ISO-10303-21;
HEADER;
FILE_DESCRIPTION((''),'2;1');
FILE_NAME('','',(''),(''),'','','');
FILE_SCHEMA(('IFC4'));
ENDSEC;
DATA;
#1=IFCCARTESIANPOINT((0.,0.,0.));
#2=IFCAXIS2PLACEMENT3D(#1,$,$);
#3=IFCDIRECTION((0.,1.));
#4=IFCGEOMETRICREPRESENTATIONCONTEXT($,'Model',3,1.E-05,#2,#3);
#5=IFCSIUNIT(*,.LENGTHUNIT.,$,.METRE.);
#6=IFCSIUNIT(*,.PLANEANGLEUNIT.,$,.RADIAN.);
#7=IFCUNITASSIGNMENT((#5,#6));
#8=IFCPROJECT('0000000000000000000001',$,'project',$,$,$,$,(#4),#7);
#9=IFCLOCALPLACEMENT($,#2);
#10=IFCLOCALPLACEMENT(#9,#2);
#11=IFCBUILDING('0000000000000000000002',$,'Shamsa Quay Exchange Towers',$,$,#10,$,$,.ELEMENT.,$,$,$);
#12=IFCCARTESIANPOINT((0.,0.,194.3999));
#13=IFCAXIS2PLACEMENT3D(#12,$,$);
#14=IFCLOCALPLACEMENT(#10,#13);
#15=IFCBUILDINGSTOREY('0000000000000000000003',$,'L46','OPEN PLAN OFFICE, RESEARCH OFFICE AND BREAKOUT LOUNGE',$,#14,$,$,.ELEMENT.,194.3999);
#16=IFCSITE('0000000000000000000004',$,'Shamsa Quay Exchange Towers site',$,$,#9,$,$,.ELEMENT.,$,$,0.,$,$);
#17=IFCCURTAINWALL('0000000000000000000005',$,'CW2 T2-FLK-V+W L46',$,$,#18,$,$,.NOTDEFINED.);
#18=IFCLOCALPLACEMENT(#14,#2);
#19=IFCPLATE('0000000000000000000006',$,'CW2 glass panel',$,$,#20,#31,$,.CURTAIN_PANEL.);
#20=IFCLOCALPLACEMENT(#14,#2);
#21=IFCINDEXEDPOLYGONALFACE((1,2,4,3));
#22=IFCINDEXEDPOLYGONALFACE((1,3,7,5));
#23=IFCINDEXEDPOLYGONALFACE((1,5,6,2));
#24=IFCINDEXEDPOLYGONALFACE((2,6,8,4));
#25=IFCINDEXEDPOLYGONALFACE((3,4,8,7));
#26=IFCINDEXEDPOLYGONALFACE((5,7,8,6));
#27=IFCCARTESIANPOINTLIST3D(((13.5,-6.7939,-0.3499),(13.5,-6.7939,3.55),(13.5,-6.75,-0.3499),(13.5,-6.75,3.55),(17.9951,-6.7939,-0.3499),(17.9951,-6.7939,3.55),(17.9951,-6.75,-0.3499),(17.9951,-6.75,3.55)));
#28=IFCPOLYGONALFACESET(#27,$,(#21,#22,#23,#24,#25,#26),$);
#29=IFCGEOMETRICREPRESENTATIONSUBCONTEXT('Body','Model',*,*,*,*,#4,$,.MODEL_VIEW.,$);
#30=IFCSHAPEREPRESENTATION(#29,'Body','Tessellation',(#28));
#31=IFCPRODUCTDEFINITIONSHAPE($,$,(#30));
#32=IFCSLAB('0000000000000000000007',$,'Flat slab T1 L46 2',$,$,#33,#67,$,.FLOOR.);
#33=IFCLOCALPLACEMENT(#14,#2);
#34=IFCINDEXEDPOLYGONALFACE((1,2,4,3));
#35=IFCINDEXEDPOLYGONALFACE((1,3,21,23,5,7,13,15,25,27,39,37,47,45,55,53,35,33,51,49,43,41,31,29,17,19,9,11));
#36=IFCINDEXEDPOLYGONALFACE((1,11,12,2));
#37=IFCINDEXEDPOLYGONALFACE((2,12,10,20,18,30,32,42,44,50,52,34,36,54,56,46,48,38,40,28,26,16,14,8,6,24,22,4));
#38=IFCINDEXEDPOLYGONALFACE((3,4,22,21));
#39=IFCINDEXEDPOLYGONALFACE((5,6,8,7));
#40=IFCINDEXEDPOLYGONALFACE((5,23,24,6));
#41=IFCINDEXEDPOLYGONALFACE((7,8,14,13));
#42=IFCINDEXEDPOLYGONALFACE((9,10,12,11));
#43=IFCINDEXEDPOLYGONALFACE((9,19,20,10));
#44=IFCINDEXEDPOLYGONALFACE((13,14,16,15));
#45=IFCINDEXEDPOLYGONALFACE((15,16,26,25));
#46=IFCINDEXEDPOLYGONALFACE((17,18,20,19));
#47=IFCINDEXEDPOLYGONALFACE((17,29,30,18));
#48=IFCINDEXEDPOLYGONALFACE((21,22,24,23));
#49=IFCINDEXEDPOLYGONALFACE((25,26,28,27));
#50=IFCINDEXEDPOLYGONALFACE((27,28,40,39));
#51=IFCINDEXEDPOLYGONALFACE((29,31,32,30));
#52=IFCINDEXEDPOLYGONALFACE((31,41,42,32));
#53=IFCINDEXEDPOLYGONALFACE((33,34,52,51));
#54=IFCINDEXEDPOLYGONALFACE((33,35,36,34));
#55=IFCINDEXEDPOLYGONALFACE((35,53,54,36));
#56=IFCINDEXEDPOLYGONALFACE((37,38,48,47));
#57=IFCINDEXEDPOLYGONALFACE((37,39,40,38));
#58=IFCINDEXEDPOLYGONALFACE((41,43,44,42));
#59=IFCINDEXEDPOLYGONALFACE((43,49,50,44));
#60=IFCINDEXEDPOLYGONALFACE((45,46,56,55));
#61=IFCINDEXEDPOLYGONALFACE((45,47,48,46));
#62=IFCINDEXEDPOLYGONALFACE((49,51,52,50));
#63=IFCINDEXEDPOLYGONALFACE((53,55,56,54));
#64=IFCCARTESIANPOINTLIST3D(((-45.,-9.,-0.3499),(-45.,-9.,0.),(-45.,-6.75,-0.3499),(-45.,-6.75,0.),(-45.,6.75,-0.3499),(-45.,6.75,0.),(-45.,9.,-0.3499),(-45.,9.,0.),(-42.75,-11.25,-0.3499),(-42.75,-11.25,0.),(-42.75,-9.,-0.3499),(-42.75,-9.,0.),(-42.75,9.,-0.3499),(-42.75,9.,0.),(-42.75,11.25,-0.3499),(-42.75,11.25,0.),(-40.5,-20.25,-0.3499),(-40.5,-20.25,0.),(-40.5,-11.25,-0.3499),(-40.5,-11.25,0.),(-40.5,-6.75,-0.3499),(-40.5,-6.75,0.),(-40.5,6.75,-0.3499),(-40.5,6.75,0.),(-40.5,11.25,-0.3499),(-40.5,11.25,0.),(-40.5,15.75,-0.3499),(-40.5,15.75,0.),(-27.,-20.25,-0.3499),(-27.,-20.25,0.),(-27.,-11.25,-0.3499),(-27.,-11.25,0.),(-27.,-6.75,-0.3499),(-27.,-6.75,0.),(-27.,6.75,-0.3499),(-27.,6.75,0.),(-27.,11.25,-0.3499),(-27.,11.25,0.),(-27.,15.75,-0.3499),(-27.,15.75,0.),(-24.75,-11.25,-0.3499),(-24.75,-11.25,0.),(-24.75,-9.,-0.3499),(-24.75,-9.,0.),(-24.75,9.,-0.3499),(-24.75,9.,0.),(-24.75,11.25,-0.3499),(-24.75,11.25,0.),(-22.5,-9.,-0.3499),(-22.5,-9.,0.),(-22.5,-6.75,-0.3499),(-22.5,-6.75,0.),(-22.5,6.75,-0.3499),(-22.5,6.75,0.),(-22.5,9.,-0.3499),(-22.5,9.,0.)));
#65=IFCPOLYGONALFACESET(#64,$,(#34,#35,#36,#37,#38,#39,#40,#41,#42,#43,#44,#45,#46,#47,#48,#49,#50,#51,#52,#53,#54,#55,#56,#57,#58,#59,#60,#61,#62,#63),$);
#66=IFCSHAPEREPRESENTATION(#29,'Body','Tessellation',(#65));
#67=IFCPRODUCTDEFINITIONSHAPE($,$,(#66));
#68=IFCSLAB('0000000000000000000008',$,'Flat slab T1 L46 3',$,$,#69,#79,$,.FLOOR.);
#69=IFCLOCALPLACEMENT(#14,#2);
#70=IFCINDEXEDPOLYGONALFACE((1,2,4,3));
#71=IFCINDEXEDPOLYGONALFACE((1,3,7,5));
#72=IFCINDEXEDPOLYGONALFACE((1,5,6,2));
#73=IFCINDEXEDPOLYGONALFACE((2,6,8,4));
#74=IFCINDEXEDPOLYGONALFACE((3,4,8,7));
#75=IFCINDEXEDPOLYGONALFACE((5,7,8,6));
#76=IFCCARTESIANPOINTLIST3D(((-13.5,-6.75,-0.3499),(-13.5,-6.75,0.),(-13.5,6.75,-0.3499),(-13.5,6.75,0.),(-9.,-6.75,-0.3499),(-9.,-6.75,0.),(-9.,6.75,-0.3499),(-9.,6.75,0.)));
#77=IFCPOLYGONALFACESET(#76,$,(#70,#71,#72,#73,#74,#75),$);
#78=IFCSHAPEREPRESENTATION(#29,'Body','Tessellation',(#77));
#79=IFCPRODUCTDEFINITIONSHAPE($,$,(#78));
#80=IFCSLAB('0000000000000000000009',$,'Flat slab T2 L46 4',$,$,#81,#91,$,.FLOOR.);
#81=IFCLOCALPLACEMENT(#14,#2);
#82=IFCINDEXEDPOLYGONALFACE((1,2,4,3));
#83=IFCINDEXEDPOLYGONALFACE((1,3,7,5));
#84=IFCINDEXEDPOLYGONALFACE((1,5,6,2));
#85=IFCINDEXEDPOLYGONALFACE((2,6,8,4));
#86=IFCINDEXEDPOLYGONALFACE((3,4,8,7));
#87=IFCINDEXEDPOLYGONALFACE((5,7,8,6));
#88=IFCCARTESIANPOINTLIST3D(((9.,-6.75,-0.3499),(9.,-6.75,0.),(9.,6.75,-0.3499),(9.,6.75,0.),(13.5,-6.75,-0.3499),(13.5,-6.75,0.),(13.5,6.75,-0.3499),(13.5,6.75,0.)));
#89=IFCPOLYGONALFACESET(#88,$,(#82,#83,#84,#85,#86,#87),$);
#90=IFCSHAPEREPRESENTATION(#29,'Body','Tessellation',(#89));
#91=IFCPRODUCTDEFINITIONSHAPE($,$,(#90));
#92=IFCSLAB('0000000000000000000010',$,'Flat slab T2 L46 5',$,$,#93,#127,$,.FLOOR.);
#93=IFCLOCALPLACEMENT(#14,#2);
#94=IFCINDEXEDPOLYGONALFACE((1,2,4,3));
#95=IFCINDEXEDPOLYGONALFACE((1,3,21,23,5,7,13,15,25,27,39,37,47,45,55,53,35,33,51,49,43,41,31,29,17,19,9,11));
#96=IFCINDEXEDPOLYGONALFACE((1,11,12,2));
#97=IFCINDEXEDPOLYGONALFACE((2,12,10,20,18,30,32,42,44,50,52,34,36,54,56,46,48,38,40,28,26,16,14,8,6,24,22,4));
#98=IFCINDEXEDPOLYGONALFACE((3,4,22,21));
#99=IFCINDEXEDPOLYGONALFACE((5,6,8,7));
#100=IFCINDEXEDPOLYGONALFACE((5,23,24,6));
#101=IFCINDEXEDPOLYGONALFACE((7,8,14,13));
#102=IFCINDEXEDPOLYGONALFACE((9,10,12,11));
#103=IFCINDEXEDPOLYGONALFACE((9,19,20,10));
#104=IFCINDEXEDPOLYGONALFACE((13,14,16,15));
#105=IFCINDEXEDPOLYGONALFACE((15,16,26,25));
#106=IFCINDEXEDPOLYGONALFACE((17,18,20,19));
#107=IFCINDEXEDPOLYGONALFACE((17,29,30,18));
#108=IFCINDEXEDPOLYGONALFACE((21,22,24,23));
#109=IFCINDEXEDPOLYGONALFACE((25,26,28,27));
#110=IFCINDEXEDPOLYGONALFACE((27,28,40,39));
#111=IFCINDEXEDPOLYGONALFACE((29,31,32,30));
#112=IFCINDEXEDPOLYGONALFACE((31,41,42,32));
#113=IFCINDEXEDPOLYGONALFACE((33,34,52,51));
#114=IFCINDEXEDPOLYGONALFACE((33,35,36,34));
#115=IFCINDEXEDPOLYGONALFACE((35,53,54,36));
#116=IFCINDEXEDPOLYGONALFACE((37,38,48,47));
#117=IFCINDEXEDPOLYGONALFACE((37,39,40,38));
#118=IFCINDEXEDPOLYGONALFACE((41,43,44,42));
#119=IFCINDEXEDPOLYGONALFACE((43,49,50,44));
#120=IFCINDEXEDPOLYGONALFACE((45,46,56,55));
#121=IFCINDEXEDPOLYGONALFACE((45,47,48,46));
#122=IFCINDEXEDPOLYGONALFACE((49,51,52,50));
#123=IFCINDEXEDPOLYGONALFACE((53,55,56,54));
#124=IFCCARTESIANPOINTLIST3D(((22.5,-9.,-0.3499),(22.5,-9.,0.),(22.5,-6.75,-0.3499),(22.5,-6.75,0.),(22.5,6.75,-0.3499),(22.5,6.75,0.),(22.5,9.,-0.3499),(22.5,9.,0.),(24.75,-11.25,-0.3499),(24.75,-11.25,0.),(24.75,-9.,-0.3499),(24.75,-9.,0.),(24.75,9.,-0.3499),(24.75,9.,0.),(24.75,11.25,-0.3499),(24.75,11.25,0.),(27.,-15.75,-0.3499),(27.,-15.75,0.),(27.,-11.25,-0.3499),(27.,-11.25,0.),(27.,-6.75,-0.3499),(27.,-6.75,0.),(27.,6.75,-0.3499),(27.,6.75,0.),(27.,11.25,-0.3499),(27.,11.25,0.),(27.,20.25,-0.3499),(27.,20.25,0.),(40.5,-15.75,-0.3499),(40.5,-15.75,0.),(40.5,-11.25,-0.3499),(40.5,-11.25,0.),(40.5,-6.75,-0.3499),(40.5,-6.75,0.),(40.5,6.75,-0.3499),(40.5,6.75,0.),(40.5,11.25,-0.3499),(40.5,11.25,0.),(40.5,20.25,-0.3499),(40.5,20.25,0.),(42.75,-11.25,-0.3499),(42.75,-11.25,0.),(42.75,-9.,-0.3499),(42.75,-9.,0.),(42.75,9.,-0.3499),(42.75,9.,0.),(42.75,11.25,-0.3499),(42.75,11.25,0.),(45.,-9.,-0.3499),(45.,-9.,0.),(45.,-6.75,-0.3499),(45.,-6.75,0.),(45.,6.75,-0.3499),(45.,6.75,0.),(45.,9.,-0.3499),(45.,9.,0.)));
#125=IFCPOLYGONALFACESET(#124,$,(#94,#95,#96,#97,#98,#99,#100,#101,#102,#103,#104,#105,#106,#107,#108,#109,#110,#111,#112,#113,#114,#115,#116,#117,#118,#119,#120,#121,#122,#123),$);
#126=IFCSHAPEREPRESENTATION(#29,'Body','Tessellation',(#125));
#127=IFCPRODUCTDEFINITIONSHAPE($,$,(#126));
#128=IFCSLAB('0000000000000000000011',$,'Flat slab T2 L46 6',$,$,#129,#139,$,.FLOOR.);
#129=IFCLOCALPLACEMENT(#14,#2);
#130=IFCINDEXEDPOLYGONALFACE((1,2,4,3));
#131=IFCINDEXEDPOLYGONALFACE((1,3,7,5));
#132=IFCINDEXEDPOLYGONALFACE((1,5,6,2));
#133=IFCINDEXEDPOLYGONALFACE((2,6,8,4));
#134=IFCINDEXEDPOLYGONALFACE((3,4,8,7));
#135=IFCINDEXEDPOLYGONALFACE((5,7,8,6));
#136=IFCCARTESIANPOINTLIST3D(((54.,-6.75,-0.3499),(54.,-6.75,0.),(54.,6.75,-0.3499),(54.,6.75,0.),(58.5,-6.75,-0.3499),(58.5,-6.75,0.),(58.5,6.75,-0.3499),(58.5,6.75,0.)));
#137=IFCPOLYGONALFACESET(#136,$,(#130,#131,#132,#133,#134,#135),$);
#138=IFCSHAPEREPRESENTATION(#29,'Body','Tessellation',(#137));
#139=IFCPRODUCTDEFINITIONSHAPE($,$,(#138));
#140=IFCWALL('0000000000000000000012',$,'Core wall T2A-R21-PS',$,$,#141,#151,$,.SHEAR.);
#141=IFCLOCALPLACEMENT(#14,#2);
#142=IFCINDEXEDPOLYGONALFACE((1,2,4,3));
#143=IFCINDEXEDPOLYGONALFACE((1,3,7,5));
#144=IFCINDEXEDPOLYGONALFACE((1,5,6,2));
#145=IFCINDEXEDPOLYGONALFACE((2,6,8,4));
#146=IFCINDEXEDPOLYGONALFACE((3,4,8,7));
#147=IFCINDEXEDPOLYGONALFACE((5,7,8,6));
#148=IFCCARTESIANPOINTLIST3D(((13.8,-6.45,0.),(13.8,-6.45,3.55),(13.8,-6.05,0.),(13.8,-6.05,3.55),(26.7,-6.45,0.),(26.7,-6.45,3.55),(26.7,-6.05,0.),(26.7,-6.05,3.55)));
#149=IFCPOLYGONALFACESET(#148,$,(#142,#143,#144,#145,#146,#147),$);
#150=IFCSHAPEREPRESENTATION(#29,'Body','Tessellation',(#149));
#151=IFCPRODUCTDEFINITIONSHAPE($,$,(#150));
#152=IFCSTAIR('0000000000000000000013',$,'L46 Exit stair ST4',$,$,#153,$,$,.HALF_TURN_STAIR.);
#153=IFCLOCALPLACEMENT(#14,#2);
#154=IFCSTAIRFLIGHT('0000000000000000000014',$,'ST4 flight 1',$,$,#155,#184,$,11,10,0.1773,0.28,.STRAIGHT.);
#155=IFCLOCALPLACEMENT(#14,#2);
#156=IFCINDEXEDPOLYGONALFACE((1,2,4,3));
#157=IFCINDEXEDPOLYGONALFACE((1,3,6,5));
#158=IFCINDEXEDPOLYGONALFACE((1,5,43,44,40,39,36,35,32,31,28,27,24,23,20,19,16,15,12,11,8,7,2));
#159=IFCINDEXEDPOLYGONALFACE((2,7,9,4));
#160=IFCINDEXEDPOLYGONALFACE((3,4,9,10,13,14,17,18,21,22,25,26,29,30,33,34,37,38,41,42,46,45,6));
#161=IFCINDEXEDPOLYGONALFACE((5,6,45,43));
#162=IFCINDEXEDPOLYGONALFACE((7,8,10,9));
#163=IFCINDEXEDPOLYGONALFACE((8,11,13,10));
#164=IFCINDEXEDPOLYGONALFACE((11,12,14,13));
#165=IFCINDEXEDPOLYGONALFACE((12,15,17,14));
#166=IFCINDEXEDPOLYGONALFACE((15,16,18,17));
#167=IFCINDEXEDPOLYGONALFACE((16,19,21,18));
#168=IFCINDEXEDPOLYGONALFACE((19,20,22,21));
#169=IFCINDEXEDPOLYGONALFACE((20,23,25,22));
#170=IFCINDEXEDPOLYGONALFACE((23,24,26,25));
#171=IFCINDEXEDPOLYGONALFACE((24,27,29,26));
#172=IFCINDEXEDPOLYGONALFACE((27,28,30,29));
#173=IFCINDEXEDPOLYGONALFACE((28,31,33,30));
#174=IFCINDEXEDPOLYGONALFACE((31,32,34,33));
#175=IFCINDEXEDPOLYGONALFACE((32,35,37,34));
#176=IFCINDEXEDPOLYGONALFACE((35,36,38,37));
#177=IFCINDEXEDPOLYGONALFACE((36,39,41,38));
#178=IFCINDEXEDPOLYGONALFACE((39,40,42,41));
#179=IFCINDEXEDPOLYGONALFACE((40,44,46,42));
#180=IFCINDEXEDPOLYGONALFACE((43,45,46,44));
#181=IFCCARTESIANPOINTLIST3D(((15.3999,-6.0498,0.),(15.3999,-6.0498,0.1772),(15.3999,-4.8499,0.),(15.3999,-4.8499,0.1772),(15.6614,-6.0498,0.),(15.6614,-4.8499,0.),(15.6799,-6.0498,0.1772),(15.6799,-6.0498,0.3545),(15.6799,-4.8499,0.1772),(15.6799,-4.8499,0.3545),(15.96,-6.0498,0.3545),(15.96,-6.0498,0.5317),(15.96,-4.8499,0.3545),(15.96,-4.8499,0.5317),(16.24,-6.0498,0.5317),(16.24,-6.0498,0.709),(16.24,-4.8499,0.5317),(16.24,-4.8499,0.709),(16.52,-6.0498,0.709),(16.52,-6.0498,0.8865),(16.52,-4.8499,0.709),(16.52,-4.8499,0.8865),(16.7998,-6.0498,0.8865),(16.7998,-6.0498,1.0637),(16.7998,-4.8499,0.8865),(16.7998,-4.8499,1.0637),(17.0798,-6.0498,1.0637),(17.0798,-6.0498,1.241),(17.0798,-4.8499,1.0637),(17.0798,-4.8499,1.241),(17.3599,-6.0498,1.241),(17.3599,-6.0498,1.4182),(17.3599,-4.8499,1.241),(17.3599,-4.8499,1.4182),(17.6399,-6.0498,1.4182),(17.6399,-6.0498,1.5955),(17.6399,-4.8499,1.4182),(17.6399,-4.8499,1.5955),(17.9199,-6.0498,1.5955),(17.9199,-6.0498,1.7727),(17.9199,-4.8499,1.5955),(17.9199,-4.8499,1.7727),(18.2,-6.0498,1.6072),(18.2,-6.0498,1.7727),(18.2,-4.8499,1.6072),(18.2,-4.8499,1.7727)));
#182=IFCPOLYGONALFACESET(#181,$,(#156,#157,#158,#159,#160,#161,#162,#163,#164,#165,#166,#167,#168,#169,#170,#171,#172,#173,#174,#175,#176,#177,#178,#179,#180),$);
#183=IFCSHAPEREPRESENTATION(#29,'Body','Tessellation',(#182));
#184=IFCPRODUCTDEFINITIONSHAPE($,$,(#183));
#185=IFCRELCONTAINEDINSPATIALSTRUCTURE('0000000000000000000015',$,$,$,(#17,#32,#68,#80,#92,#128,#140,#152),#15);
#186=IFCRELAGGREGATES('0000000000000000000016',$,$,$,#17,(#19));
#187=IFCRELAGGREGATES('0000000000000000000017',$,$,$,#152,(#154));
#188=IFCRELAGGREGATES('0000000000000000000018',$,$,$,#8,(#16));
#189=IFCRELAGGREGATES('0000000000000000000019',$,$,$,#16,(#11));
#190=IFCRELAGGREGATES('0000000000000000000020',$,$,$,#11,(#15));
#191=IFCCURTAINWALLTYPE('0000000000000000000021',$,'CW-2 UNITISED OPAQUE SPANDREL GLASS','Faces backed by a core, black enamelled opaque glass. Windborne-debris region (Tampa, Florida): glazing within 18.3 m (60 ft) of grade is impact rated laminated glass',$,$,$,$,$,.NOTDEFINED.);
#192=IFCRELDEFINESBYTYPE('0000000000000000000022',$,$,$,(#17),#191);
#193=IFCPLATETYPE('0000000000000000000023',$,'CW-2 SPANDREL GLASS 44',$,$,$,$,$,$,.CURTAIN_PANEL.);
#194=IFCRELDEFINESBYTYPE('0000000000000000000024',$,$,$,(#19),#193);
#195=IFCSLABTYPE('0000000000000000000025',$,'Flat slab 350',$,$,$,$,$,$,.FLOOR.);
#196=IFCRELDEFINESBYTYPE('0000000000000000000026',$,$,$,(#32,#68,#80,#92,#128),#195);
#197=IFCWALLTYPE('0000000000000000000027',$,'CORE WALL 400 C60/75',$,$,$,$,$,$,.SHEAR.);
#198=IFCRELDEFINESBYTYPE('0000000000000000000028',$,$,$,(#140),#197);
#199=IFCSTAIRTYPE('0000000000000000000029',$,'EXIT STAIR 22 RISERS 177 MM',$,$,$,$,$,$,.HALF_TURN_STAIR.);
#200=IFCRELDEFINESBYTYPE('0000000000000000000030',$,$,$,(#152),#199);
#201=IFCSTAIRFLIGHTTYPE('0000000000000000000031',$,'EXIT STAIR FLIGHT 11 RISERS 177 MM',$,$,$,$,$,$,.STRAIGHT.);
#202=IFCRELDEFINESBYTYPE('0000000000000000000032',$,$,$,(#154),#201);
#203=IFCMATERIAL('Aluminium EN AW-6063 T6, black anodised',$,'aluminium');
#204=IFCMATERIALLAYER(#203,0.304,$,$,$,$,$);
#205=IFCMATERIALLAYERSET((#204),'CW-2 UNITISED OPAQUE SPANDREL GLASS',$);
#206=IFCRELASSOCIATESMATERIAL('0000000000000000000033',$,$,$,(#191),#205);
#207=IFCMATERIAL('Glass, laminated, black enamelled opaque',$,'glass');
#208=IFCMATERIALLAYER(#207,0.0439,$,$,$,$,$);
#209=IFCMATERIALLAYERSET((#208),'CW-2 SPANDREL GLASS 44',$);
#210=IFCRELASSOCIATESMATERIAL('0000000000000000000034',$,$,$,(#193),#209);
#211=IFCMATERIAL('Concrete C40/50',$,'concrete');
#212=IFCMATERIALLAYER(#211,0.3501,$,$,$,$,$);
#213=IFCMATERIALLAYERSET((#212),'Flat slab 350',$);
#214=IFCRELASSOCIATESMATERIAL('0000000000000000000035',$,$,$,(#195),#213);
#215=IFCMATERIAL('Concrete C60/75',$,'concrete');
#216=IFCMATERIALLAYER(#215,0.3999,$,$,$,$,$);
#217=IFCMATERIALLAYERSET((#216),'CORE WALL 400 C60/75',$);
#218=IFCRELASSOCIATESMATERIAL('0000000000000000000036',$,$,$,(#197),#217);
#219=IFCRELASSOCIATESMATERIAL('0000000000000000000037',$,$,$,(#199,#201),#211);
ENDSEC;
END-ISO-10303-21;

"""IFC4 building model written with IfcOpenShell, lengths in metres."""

from ifc_helpers import new_model, si_unit, direction, frame, frame_2d, origin, origin_2d, place, context, subcontext, project, spatial, polyline, rectangle, outline, extrude, material, layer, layer_set, type_object, element, aggregate, save


model = new_model("IFC4")

# Units and contexts
model_context = context("Model", 3, precision=1e-05, world=origin(), true_north=direction((0.0, 1.0)))
body_context = subcontext(model_context, "Body", "Model", "MODEL_VIEW")
ifc_project = project(units=[si_unit("LENGTHUNIT", "METRE"), si_unit("PLANEANGLEUNIT", "RADIAN")], contexts=[model_context])

# Site, building, storey
site_placement = place(None, origin())
site = spatial("IfcSite", under=ifc_project, at=site_placement, Name="Shamsa Quay Exchange Towers site", CompositionType="ELEMENT", RefElevation=0.0)
building_placement = place(site_placement, origin())
building = spatial("IfcBuilding", under=site, at=building_placement, Name="Shamsa Quay Exchange Towers", CompositionType="ELEMENT")
storey_placement = place(building_placement, frame((0.0, 0.0, 194.3999)))
storey = spatial("IfcBuildingStorey", under=building, at=storey_placement, Name="L46", Description="OPEN PLAN OFFICE, RESEARCH OFFICE AND BREAKOUT LOUNGE", CompositionType="ELEMENT", Elevation=194.3999)

# Shared definitions
ifc_material_1 = material(Name="Aluminium EN AW-6063 T6, black anodised", Category="aluminium")

# Curtain wall, plate
ifc_layer_1 = layer(ifc_material_1, 0.304)
ifc_layer_set_1 = layer_set([ifc_layer_1], Name="CW-2 UNITISED OPAQUE SPANDREL GLASS")
curtain_wall_type_1 = type_object("IfcCurtainWallType", Name="CW-2 UNITISED OPAQUE SPANDREL GLASS", Description="Faces backed by a core, black enamelled opaque glass. Windborne-debris region (Tampa, Florida): glazing within 18.3 m (60 ft) of grade is impact rated laminated glass", PredefinedType="NOTDEFINED", material=ifc_layer_set_1)
curtain_wall_1_placement = place(storey_placement, origin())
curtain_wall_1 = element("IfcCurtainWall", 1, at=curtain_wall_1_placement, inside=storey, type_object=curtain_wall_type_1, Name="CW2 T2-FLK-V+W L46", PredefinedType="NOTDEFINED")
ifc_material_2 = material(Name="Glass, laminated, black enamelled opaque", Category="glass")
ifc_layer_2 = layer(ifc_material_2, 0.0439)
ifc_layer_set_2 = layer_set([ifc_layer_2], Name="CW-2 SPANDREL GLASS 44")
plate_type_1 = type_object("IfcPlateType", Name="CW-2 SPANDREL GLASS 44", PredefinedType="CURTAIN_PANEL", material=ifc_layer_set_2)
plate_1_placement = place(storey_placement, frame((15.7476, -6.772, -0.3499)))
plate_1 = element("IfcPlate", 2, at=plate_1_placement, type_object=plate_type_1, Name="CW2 glass panel", PredefinedType="CURTAIN_PANEL", context=body_context, shape_type="SweptSolid", body=[
    extrude(rectangle(XDim=4.4951, YDim=0.0439, at=origin_2d()), origin(), (0.0, 0.0, 1.0), 3.8999),
])
aggregate(curtain_wall_1, [plate_1])

# Slabs
ifc_material_3 = material(Name="Concrete C40/50", Category="concrete")
ifc_layer_3 = layer(ifc_material_3, 0.3501)
ifc_layer_set_3 = layer_set([ifc_layer_3], Name="Flat slab 350")
slab_type_1 = type_object("IfcSlabType", Name="Flat slab 350", PredefinedType="FLOOR", material=ifc_layer_set_3)
slab_1_placement = place(storey_placement, frame((0.0, 0.0, -0.3499)))
element("IfcSlab", 3, at=slab_1_placement, inside=storey, type_object=slab_type_1, Name="Flat slab T1 L46 2", PredefinedType="FLOOR", context=body_context, shape_type="SweptSolid", body=[
    extrude(outline(polyline([(-22.5, -9.0), (-22.5, -6.75), (-27.0, -6.75), (-27.0, 6.75), (-22.5, 6.75), (-22.5, 9.0), (-24.75, 9.0), (-24.75, 11.25), (-27.0, 11.25), (-27.0, 15.75), (-40.5, 15.75), (-40.5, 11.25), (-42.75, 11.25), (-42.75, 9.0), (-45.0, 9.0), (-45.0, 6.75), (-40.5, 6.75), (-40.5, -6.75), (-45.0, -6.75), (-45.0, -9.0), (-42.75, -9.0), (-42.75, -11.25), (-40.5, -11.25), (-40.5, -20.25), (-27.0, -20.25), (-27.0, -11.25), (-24.75, -11.25), (-24.75, -9.0), (-22.5, -9.0)])), origin(), (0.0, 0.0, 1.0), 0.3499),
])
slab_2_placement = place(storey_placement, frame((0.0, 0.0, -0.3499)))
element("IfcSlab", 4, at=slab_2_placement, inside=storey, type_object=slab_type_1, Name="Flat slab T1 L46 3", PredefinedType="FLOOR", context=body_context, shape_type="SweptSolid", body=[
    extrude(outline(polyline([(-9.0, 6.75), (-13.5, 6.75), (-13.5, -6.75), (-9.0, -6.75), (-9.0, 6.75)])), origin(), (0.0, 0.0, 1.0), 0.3499),
])
slab_3_placement = place(storey_placement, frame((0.0, 0.0, -0.3499)))
element("IfcSlab", 5, at=slab_3_placement, inside=storey, type_object=slab_type_1, Name="Flat slab T2 L46 4", PredefinedType="FLOOR", context=body_context, shape_type="SweptSolid", body=[
    extrude(outline(polyline([(9.0, -6.75), (13.5, -6.75), (13.5, 6.75), (9.0, 6.75), (9.0, -6.75)])), origin(), (0.0, 0.0, 1.0), 0.3499),
])
slab_4_placement = place(storey_placement, frame((0.0, 0.0, -0.3499)))
element("IfcSlab", 6, at=slab_4_placement, inside=storey, type_object=slab_type_1, Name="Flat slab T2 L46 5", PredefinedType="FLOOR", context=body_context, shape_type="SweptSolid", body=[
    extrude(outline(polyline([(45.0, -9.0), (45.0, -6.75), (40.5, -6.75), (40.5, 6.75), (45.0, 6.75), (45.0, 9.0), (42.75, 9.0), (42.75, 11.25), (40.5, 11.25), (40.5, 20.25), (27.0, 20.25), (27.0, 11.25), (24.75, 11.25), (24.75, 9.0), (22.5, 9.0), (22.5, 6.75), (27.0, 6.75), (27.0, -6.75), (22.5, -6.75), (22.5, -9.0), (24.75, -9.0), (24.75, -11.25), (27.0, -11.25), (27.0, -15.75), (40.5, -15.75), (40.5, -11.25), (42.75, -11.25), (42.75, -9.0), (45.0, -9.0)])), origin(), (0.0, 0.0, 1.0), 0.3499),
])
slab_5_placement = place(storey_placement, frame((0.0, 0.0, -0.3499)))
element("IfcSlab", 7, at=slab_5_placement, inside=storey, type_object=slab_type_1, Name="Flat slab T2 L46 6", PredefinedType="FLOOR", context=body_context, shape_type="SweptSolid", body=[
    extrude(outline(polyline([(58.5, 6.75), (54.0, 6.75), (54.0, -6.75), (58.5, -6.75), (58.5, 6.75)])), origin(), (0.0, 0.0, 1.0), 0.3499),
])

# Wall
ifc_material_4 = material(Name="Concrete C60/75", Category="concrete")
ifc_layer_4 = layer(ifc_material_4, 0.3999)
ifc_layer_set_4 = layer_set([ifc_layer_4], Name="CORE WALL 400 C60/75")
wall_type = type_object("IfcWallType", Name="CORE WALL 400 C60/75", PredefinedType="SHEAR", material=ifc_layer_set_4)
wall_placement = place(storey_placement, frame((13.8, -6.25, 0.0)))
element("IfcWall", 8, at=wall_placement, inside=storey, type_object=wall_type, Name="Core wall T2A-R21-PS", PredefinedType="SHEAR", context=body_context, shape_type="SweptSolid", body=[
    extrude(rectangle(XDim=12.8999, YDim=0.3999, at=frame_2d((6.45, 0.0))), origin(), (0.0, 0.0, 1.0), 3.55),
])

# Stair, stair flight
stair_type = type_object("IfcStairType", Name="EXIT STAIR 22 RISERS 177 MM", PredefinedType="HALF_TURN_STAIR", material=ifc_material_3)
stair_placement = place(storey_placement, origin())
stair = element("IfcStair", 9, at=stair_placement, inside=storey, type_object=stair_type, Name="L46 Exit stair ST4", PredefinedType="HALF_TURN_STAIR")
stair_flight_type = type_object("IfcStairFlightType", Name="EXIT STAIR FLIGHT 11 RISERS 177 MM", PredefinedType="STRAIGHT", material=ifc_material_3)
stair_flight_placement = place(storey_placement, frame((15.3999, -5.45, 0.0)))
stair_flight = element("IfcStairFlight", 10, at=stair_flight_placement, type_object=stair_flight_type, Name="ST4 flight 1", NumberOfRisers=11, NumberOfTreads=10, PredefinedType="STRAIGHT", RiserHeight=0.1773, TreadLength=0.28, context=body_context, shape_type="SweptSolid", body=[
    extrude(outline(polyline([(0.0, 0.0), (0.0, 0.1772), (0.28, 0.1772), (0.28, 0.3545), (0.5601, 0.3545), (0.5601, 0.5317), (0.8401, 0.5317), (0.8401, 0.709), (1.1201, 0.709), (1.1201, 0.8865), (1.3999, 0.8865), (1.3999, 1.0637), (1.6799, 1.0637), (1.6799, 1.241), (1.96, 1.241), (1.96, 1.4182), (2.24, 1.4182), (2.24, 1.5955), (2.52, 1.5955), (2.52, 1.7727), (2.8, 1.7727), (2.8, 1.95), (2.8, 1.6072), (0.2615, 0.0), (0.0, 0.0)])), frame((0.0, 0.6001, 0.0), z_axis=(0.0, -1.0, 0.0), x_axis=(1.0, 0.0, 0.0)), (0.0, 0.0, 1.0), 1.2),
])
aggregate(stair, [stair_flight])

save(model, "model.ifc")
